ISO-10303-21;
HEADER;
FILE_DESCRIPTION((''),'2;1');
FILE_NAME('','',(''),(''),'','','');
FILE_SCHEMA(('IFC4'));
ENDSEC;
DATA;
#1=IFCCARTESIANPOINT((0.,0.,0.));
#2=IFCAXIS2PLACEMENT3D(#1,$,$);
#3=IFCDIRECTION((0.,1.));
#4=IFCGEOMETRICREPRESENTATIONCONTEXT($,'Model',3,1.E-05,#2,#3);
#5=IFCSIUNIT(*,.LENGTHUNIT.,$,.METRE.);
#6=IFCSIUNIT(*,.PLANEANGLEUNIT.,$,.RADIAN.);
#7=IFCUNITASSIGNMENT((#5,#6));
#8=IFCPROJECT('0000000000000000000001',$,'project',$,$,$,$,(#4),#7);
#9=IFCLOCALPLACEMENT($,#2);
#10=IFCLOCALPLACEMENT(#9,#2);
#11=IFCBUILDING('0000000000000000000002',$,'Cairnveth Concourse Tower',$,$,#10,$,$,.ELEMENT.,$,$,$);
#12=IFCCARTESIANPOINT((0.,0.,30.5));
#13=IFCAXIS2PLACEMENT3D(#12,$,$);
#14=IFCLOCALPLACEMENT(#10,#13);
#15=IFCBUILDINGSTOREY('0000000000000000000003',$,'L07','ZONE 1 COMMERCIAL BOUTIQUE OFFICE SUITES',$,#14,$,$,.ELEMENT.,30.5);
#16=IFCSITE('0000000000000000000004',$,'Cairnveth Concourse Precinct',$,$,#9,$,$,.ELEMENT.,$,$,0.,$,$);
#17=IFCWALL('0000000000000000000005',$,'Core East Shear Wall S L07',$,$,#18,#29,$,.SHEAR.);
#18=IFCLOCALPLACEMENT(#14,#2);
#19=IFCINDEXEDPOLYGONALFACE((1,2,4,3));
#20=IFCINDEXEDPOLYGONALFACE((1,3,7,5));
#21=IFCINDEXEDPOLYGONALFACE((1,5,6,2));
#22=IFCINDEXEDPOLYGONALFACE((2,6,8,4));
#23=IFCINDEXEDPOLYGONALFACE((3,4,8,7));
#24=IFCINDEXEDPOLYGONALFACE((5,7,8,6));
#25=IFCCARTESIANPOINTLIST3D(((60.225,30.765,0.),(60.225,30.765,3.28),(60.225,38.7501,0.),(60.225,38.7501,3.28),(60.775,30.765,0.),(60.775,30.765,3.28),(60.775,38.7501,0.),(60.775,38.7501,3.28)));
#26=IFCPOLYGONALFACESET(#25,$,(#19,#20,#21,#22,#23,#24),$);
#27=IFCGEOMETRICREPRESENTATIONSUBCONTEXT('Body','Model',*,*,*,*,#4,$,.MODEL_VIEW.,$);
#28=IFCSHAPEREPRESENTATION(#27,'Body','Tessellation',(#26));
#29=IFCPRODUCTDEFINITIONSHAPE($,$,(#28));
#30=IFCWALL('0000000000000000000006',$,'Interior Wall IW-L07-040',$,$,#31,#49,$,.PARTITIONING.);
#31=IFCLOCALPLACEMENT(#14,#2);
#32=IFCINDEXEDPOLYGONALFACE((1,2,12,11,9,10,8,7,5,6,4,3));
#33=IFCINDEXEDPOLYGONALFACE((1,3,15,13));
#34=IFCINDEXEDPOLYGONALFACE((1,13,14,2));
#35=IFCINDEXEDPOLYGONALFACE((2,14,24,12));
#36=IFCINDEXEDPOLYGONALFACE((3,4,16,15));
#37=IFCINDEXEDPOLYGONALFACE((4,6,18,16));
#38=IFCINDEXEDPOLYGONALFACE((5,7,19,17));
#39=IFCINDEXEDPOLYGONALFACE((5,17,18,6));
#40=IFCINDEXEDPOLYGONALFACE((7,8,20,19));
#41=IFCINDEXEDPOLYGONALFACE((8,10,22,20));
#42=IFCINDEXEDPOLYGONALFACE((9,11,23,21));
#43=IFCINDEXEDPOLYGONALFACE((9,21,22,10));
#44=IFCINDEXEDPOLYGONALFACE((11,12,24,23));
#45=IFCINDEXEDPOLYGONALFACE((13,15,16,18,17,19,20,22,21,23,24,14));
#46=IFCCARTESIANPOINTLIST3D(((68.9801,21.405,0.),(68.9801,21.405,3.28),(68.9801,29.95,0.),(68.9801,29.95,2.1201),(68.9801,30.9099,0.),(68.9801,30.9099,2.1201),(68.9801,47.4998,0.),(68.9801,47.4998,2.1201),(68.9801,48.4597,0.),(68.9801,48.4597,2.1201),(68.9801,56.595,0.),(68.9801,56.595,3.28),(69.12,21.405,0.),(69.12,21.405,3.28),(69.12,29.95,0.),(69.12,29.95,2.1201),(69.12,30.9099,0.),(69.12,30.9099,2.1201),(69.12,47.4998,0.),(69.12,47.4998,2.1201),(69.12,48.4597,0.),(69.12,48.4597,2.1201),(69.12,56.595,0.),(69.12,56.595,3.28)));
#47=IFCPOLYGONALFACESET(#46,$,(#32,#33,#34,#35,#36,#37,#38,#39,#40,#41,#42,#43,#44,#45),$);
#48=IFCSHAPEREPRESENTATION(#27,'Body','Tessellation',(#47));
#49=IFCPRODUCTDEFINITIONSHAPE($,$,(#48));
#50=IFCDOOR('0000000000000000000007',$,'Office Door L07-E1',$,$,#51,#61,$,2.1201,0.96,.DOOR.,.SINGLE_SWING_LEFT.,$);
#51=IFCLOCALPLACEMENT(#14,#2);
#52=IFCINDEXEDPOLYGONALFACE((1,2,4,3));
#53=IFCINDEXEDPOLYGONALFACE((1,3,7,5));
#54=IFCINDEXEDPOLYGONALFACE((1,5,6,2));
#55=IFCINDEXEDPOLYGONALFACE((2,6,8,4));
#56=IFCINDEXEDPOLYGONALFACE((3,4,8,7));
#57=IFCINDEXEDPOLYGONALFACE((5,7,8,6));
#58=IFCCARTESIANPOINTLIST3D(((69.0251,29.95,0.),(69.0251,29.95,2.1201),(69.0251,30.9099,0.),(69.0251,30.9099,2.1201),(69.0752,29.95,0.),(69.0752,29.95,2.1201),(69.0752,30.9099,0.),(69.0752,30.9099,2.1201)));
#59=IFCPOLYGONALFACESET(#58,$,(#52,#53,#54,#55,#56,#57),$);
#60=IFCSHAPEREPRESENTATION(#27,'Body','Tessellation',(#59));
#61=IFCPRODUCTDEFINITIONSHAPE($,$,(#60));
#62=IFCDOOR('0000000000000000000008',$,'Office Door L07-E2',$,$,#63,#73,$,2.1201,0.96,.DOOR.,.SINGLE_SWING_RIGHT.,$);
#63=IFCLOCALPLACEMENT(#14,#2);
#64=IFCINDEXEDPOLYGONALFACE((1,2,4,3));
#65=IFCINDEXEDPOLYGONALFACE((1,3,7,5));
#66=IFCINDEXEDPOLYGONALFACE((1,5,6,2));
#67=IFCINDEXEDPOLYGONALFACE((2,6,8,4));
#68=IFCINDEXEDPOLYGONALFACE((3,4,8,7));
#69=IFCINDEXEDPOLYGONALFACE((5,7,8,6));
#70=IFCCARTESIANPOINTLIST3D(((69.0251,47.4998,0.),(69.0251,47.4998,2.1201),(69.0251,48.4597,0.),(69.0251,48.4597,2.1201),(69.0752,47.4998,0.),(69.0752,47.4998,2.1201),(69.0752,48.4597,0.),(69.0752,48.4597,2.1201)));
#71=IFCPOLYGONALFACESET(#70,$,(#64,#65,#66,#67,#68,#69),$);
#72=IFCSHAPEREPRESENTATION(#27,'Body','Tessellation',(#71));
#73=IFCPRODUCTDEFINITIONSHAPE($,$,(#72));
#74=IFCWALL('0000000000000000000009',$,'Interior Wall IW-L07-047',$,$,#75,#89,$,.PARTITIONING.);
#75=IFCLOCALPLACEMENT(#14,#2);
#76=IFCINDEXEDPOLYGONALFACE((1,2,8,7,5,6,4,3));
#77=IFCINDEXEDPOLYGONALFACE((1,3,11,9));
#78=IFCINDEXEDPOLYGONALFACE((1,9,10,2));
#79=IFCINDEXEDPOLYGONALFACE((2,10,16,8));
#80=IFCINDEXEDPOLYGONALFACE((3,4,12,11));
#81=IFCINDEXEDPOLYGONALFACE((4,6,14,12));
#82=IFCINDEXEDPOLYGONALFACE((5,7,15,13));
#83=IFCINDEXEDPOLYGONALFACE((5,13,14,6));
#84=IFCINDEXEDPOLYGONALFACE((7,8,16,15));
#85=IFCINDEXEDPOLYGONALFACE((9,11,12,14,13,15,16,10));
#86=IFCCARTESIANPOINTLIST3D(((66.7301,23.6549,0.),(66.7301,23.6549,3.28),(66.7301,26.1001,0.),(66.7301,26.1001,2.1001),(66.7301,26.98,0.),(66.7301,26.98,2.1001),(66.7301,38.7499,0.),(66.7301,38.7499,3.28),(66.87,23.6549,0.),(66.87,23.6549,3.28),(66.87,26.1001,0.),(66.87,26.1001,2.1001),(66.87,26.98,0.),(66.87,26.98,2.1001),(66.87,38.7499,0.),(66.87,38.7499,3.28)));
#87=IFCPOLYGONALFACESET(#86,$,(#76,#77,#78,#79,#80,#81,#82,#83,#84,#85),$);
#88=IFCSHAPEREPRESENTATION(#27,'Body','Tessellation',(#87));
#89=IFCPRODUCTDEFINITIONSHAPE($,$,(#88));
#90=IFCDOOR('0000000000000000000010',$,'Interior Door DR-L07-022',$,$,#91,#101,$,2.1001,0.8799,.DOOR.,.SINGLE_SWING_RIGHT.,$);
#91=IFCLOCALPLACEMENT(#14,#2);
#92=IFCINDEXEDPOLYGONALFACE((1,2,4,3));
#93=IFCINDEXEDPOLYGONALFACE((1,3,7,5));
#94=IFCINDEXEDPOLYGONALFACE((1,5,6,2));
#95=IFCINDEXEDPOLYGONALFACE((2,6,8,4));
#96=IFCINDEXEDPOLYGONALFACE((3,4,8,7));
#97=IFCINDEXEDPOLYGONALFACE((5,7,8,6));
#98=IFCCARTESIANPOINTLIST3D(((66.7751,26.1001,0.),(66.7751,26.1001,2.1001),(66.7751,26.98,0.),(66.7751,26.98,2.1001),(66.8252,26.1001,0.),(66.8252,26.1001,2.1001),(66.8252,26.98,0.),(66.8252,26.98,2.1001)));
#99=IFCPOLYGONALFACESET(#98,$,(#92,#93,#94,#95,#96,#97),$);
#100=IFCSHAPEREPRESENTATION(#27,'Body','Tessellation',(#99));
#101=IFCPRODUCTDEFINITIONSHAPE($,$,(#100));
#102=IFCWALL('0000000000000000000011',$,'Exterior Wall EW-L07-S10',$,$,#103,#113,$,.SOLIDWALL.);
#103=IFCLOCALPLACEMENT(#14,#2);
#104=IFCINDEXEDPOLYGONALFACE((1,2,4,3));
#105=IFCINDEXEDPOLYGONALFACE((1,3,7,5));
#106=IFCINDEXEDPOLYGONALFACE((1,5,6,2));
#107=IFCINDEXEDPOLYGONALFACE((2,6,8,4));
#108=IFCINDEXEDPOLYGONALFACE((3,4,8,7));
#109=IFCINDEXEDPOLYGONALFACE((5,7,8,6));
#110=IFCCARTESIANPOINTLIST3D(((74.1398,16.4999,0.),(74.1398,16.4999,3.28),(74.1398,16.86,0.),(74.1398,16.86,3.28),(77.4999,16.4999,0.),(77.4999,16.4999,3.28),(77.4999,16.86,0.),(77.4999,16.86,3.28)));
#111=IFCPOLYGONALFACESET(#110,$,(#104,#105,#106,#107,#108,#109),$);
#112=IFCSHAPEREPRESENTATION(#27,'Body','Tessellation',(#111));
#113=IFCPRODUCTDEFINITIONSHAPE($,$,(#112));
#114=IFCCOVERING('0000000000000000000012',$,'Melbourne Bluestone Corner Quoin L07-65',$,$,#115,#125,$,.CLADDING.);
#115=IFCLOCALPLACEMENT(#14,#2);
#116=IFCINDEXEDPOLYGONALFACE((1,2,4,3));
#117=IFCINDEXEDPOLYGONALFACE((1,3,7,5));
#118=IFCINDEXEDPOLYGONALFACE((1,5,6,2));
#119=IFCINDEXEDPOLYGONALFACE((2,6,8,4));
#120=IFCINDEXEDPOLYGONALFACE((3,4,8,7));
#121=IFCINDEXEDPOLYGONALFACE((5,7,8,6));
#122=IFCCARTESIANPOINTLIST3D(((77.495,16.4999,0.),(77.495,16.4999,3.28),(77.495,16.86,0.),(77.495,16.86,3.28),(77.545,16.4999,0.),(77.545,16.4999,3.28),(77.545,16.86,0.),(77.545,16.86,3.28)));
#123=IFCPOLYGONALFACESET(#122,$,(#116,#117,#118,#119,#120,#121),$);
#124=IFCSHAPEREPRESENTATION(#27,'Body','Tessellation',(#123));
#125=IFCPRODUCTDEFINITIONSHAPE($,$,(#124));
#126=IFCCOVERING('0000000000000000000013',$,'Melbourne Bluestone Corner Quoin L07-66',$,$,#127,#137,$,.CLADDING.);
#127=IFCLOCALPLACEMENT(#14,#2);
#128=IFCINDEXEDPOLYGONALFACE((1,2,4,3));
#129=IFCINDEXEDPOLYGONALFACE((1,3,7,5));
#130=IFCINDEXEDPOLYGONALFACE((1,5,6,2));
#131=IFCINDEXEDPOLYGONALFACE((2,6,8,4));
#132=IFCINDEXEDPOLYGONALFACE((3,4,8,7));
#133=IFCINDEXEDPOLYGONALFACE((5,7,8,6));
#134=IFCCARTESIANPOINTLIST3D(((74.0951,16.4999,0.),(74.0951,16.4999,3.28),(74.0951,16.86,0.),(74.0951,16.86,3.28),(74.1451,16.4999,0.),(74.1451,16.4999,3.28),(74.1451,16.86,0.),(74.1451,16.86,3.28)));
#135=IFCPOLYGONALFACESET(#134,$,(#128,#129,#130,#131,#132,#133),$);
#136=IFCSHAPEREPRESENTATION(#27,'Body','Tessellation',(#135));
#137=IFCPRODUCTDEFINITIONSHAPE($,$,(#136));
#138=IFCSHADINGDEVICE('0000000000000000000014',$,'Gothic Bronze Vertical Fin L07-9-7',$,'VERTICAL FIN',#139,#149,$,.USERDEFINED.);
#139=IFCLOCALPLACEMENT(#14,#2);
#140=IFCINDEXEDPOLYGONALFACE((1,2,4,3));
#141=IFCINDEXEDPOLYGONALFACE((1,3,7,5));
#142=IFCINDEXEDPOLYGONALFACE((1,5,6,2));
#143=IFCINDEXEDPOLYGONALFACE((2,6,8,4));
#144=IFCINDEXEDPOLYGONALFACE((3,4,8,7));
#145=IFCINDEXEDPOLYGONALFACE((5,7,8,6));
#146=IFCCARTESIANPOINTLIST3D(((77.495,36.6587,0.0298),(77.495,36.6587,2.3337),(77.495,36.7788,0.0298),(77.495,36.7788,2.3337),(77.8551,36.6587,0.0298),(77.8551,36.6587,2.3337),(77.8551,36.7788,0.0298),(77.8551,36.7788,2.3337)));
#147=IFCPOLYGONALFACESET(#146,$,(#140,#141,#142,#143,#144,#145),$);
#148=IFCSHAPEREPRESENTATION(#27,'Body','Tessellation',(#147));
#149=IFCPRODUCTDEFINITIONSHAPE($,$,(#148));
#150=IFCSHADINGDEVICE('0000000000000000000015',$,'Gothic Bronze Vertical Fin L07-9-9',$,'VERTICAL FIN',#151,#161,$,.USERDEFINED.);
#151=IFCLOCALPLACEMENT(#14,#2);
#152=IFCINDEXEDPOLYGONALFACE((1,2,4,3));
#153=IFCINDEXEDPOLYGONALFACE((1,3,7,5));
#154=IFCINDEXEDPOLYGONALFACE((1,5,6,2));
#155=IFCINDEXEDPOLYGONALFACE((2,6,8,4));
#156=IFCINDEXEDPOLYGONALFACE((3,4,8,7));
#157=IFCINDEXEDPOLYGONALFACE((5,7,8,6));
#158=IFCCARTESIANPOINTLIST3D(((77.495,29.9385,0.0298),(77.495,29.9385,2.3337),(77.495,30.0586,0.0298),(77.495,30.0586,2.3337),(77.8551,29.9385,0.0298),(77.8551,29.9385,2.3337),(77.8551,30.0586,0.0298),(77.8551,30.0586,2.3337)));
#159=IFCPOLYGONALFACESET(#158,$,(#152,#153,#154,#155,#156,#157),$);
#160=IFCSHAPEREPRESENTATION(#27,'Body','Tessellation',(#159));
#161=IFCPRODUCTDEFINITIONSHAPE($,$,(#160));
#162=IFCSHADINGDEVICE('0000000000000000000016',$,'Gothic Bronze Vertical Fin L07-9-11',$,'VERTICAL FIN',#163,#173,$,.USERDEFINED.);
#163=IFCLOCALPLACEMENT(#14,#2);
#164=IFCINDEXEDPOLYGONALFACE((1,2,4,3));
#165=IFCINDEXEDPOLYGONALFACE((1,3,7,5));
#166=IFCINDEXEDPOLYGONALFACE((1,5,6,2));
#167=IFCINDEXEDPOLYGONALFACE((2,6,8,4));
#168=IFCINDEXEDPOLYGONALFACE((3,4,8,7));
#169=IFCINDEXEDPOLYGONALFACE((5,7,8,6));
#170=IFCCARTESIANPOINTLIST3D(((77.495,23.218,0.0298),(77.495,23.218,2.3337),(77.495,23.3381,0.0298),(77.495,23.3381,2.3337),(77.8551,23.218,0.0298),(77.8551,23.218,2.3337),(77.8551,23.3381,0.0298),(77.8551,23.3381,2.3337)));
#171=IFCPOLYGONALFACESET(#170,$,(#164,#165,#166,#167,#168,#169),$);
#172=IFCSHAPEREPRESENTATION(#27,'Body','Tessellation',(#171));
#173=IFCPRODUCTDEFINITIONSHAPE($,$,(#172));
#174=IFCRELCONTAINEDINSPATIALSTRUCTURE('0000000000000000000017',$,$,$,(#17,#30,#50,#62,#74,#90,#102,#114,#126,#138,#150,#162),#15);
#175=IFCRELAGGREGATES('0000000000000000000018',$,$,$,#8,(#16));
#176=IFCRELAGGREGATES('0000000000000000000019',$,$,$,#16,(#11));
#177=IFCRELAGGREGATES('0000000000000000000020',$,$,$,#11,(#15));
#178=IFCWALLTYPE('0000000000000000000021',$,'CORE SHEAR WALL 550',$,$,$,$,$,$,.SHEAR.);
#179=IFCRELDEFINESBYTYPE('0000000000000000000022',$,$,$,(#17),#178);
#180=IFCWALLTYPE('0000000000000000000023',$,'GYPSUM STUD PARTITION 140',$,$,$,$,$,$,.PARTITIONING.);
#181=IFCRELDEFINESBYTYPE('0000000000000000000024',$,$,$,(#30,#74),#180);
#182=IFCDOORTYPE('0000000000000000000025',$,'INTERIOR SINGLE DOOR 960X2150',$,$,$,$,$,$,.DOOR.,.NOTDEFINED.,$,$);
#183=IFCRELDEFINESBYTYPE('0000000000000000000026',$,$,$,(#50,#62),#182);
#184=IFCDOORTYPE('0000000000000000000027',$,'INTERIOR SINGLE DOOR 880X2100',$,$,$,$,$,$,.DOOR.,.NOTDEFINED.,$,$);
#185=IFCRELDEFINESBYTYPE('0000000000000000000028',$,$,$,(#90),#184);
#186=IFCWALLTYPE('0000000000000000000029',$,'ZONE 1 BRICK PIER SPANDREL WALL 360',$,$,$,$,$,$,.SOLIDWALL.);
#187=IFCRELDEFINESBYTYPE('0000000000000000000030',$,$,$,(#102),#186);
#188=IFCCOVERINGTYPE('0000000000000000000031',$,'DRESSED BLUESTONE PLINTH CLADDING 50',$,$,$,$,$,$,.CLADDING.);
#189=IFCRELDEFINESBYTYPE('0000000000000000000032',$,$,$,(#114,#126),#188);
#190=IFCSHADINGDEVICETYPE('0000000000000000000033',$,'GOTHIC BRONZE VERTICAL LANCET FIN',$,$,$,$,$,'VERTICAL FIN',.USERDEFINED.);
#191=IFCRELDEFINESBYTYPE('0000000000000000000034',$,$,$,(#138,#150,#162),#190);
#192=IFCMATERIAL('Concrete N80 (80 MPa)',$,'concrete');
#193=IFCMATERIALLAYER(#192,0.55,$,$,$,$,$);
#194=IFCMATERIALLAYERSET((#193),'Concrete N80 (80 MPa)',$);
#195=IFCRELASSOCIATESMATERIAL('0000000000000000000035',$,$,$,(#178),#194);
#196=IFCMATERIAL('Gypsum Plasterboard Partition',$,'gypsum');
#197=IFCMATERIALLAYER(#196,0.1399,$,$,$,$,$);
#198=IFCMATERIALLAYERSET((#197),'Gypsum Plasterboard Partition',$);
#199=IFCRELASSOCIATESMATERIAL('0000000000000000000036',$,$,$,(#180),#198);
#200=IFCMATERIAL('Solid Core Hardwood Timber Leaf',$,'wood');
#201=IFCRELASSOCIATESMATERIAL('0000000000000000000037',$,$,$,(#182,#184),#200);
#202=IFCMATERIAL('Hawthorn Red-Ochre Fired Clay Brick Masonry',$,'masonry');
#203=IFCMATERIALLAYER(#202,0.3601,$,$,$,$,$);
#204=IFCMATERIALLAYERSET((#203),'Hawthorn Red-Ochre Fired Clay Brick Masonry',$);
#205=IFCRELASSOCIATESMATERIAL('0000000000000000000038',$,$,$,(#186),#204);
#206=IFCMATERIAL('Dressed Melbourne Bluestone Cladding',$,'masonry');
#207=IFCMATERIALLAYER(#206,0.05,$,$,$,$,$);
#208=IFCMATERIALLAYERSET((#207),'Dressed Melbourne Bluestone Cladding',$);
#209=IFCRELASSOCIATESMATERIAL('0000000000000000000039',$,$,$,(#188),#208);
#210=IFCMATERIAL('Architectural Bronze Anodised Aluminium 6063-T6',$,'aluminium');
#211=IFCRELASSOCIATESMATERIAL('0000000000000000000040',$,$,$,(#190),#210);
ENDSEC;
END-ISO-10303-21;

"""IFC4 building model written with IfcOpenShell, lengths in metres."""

from ifc_helpers import new_model, si_unit, direction, frame, frame_2d, origin, origin_2d, place, context, subcontext, project, spatial, rectangle, extrude, material, layer, layer_set, type_object, element, fill, save


model = new_model("IFC4")

# Units and contexts
model_context = context("Model", 3, precision=1e-05, world=origin(), true_north=direction((0.0, 1.0)))
body_context = subcontext(model_context, "Body", "Model", "MODEL_VIEW")
ifc_project = project(units=[si_unit("LENGTHUNIT", "METRE"), si_unit("PLANEANGLEUNIT", "RADIAN")], contexts=[model_context])

# Site, building, storey
site_placement = place(None, origin())
site = spatial("IfcSite", under=ifc_project, at=site_placement, Name="Cairnveth Concourse Precinct", CompositionType="ELEMENT", RefElevation=0.0)
building_placement = place(site_placement, origin())
building = spatial("IfcBuilding", under=site, at=building_placement, Name="Cairnveth Concourse Tower", CompositionType="ELEMENT")
storey_placement = place(building_placement, frame((0.0, 0.0, 30.5)))
storey = spatial("IfcBuildingStorey", under=building, at=storey_placement, Name="L07", Description="ZONE 1 COMMERCIAL BOUTIQUE OFFICE SUITES", CompositionType="ELEMENT", Elevation=30.5)

# Wall
ifc_material_1 = material(Name="Concrete N80 (80 MPa)", Category="concrete")
ifc_layer_1 = layer(ifc_material_1, 0.55)
ifc_layer_set_1 = layer_set([ifc_layer_1], Name="Concrete N80 (80 MPa)")
wall_type_1 = type_object("IfcWallType", Name="CORE SHEAR WALL 550", PredefinedType="SHEAR", material=ifc_layer_set_1)
wall_1_placement = place(storey_placement, frame((60.5, 30.7649, 0.0), z_axis=(0.0, 0.0, 1.0), x_axis=(0.0, 1.0, 0.0)))
element("IfcWall", 1, at=wall_1_placement, inside=storey, type_object=wall_type_1, Name="Core East Shear Wall S L07", PredefinedType="SHEAR", context=body_context, shape_type="SweptSolid", body=[
    extrude(rectangle(XDim=7.9851, YDim=0.55, at=frame_2d((3.9927, 0.0))), origin(), (0.0, 0.0, 1.0), 3.28),
])

# Wall, openings, doors
ifc_material_2 = material(Name="Gypsum Plasterboard Partition", Category="gypsum")
ifc_layer_2 = layer(ifc_material_2, 0.1399)
ifc_layer_set_2 = layer_set([ifc_layer_2], Name="Gypsum Plasterboard Partition")
wall_type_2 = type_object("IfcWallType", Name="GYPSUM STUD PARTITION 140", PredefinedType="PARTITIONING", material=ifc_layer_set_2)
wall_2_placement = place(storey_placement, frame((69.05, 21.405, 0.0), z_axis=(0.0, 0.0, 1.0), x_axis=(0.0, 1.0, 0.0)))
wall_2 = element("IfcWall", 2, at=wall_2_placement, inside=storey, type_object=wall_type_2, Name="Interior Wall IW-L07-040", PredefinedType="PARTITIONING", context=body_context, shape_type="SweptSolid", body=[
    extrude(rectangle(XDim=35.1899, YDim=0.1399, at=frame_2d((17.595, 0.0))), origin(), (0.0, 0.0, 1.0), 3.28),
])
opening_1_placement = place(wall_2_placement, frame((8.5449, 0.0, 0.0)))
opening_1 = element("IfcOpeningElement", 3, at=opening_1_placement, cuts=wall_2, PredefinedType="OPENING", context=body_context, shape_type="SweptSolid", body=[
    extrude(rectangle(XDim=0.96, YDim=2.1201, at=frame_2d((0.48, 1.0601))), frame((0.0, 0.0798, 0.0), z_axis=(0.0, -1.0, 0.0), x_axis=(1.0, 0.0, 0.0)), (0.0, 0.0, 1.0), 0.1599),
])
opening_2_placement = place(wall_2_placement, frame((26.0947, 0.0, 0.0)))
opening_2 = element("IfcOpeningElement", 4, at=opening_2_placement, cuts=wall_2, PredefinedType="OPENING", context=body_context, shape_type="SweptSolid", body=[
    extrude(rectangle(XDim=0.96, YDim=2.1201, at=frame_2d((0.48, 1.0601))), frame((0.0, 0.0798, 0.0), z_axis=(0.0, -1.0, 0.0), x_axis=(1.0, 0.0, 0.0)), (0.0, 0.0, 1.0), 0.1599),
])
ifc_material_3 = material(Name="Solid Core Hardwood Timber Leaf", Category="wood")
door_type_1 = type_object("IfcDoorType", Name="INTERIOR SINGLE DOOR 960X2150", OperationType="NOTDEFINED", PredefinedType="DOOR", material=ifc_material_3)
door_1_placement = place(opening_1_placement, origin())
door_1 = element("IfcDoor", 5, at=door_1_placement, inside=storey, type_object=door_type_1, Name="Office Door L07-E1", OperationType="SINGLE_SWING_LEFT", OverallHeight=2.1201, OverallWidth=0.96, PredefinedType="DOOR", context=body_context, shape_type="SweptSolid", body=[
    extrude(rectangle(XDim=0.96, YDim=2.1201, at=frame_2d((0.48, 1.0601))), frame((0.0, 0.0249, 0.0), z_axis=(0.0, -1.0, 0.0), x_axis=(1.0, 0.0, 0.0)), (0.0, 0.0, 1.0), 0.05),
])
fill(opening_1, door_1)
door_2_placement = place(opening_2_placement, origin())
door_2 = element("IfcDoor", 6, at=door_2_placement, inside=storey, type_object=door_type_1, Name="Office Door L07-E2", OperationType="SINGLE_SWING_RIGHT", OverallHeight=2.1201, OverallWidth=0.96, PredefinedType="DOOR", context=body_context, shape_type="SweptSolid", body=[
    extrude(rectangle(XDim=0.96, YDim=2.1201, at=frame_2d((0.48, 1.0601))), frame((0.0, 0.0249, 0.0), z_axis=(0.0, -1.0, 0.0), x_axis=(1.0, 0.0, 0.0)), (0.0, 0.0, 1.0), 0.05),
])
fill(opening_2, door_2)

# Wall, opening, door
wall_3_placement = place(storey_placement, frame((66.8, 23.655, 0.0), z_axis=(0.0, 0.0, 1.0), x_axis=(0.0, 1.0, 0.0)))
wall_3 = element("IfcWall", 7, at=wall_3_placement, inside=storey, type_object=wall_type_2, Name="Interior Wall IW-L07-047", PredefinedType="PARTITIONING", context=body_context, shape_type="SweptSolid", body=[
    extrude(rectangle(XDim=15.095, YDim=0.1399, at=frame_2d((7.5474, 0.0))), origin(), (0.0, 0.0, 1.0), 3.28),
])
opening_3_placement = place(wall_3_placement, frame((2.4451, 0.0, 0.0)))
opening_3 = element("IfcOpeningElement", 8, at=opening_3_placement, cuts=wall_3, PredefinedType="OPENING", context=body_context, shape_type="SweptSolid", body=[
    extrude(rectangle(XDim=0.8799, YDim=2.1001, at=frame_2d((0.4399, 1.05))), frame((0.0, 0.0798, 0.0), z_axis=(0.0, -1.0, 0.0), x_axis=(1.0, 0.0, 0.0)), (0.0, 0.0, 1.0), 0.1599),
])
door_type_2 = type_object("IfcDoorType", Name="INTERIOR SINGLE DOOR 880X2100", OperationType="NOTDEFINED", PredefinedType="DOOR", material=ifc_material_3)
door_3_placement = place(opening_3_placement, origin())
door_3 = element("IfcDoor", 9, at=door_3_placement, inside=storey, type_object=door_type_2, Name="Interior Door DR-L07-022", OperationType="SINGLE_SWING_RIGHT", OverallHeight=2.1001, OverallWidth=0.8799, PredefinedType="DOOR", context=body_context, shape_type="SweptSolid", body=[
    extrude(rectangle(XDim=0.8799, YDim=2.1001, at=frame_2d((0.4399, 1.05))), frame((0.0, 0.0249, 0.0), z_axis=(0.0, -1.0, 0.0), x_axis=(1.0, 0.0, 0.0)), (0.0, 0.0, 1.0), 0.05),
])
fill(opening_3, door_3)

# Wall
ifc_material_4 = material(Name="Hawthorn Red-Ochre Fired Clay Brick Masonry", Category="masonry")
ifc_layer_3 = layer(ifc_material_4, 0.3601)
ifc_layer_set_3 = layer_set([ifc_layer_3], Name="Hawthorn Red-Ochre Fired Clay Brick Masonry")
wall_type_3 = type_object("IfcWallType", Name="ZONE 1 BRICK PIER SPANDREL WALL 360", PredefinedType="SOLIDWALL", material=ifc_layer_set_3)
wall_4_placement = place(storey_placement, frame((77.5, 16.6799, 0.0), z_axis=(0.0, 0.0, 1.0), x_axis=(-1.0, 0.0, 0.0)))
element("IfcWall", 10, at=wall_4_placement, inside=storey, type_object=wall_type_3, Name="Exterior Wall EW-L07-S10", PredefinedType="SOLIDWALL", context=body_context, shape_type="SweptSolid", body=[
    extrude(rectangle(XDim=3.3601, YDim=0.3601, at=frame_2d((1.6802, 0.0))), origin(), (0.0, 0.0, 1.0), 3.28),
])

# Coverings
ifc_material_5 = material(Name="Dressed Melbourne Bluestone Cladding", Category="masonry")
ifc_layer_4 = layer(ifc_material_5, 0.05)
ifc_layer_set_4 = layer_set([ifc_layer_4], Name="Dressed Melbourne Bluestone Cladding")
covering_type = type_object("IfcCoveringType", Name="DRESSED BLUESTONE PLINTH CLADDING 50", PredefinedType="CLADDING", material=ifc_layer_set_4)
for number, where, z_axis, x_axis, name in (
    (11, (77.52, 16.8601, 0.0), (0.0, 0.0, 1.0), (0.0, -1.0, 0.0), "Melbourne Bluestone Corner Quoin L07-65"),
    (12, (74.1201, 16.8601, 0.0), (0.0, 0.0, 1.0), (0.0, -1.0, 0.0), "Melbourne Bluestone Corner Quoin L07-66"),
):
    element("IfcCovering", number, at=place(storey_placement, frame(where, z_axis=z_axis, x_axis=x_axis)), inside=storey, type_object=covering_type, Name=name, PredefinedType="CLADDING", context=body_context, shape_type="SweptSolid", body=[
        extrude(rectangle(XDim=0.3601, YDim=0.05, at=frame_2d((0.1802, 0.0))), origin(), (0.0, 0.0, 1.0), 3.28),
    ])

# Shading devices
ifc_material_6 = material(Name="Architectural Bronze Anodised Aluminium 6063-T6", Category="aluminium")
shading_device_type = type_object("IfcShadingDeviceType", Name="GOTHIC BRONZE VERTICAL LANCET FIN", ElementType="VERTICAL FIN", PredefinedType="USERDEFINED", material=ifc_material_6)
for number, where, z_axis, x_axis, name in (
    (13, (77.675, 36.7188, 0.0298), (0.0, 0.0, 1.0), (0.0, 1.0, 0.0), "Gothic Bronze Vertical Fin L07-9-7"),
    (14, (77.675, 29.9985, 0.0298), (0.0, 0.0, 1.0), (0.0, 1.0, 0.0), "Gothic Bronze Vertical Fin L07-9-9"),
    (15, (77.675, 23.2781, 0.0298), (0.0, 0.0, 1.0), (0.0, 1.0, 0.0), "Gothic Bronze Vertical Fin L07-9-11"),
):
    element("IfcShadingDevice", number, at=place(storey_placement, frame(where, z_axis=z_axis, x_axis=x_axis)), inside=storey, type_object=shading_device_type, Name=name, ObjectType="VERTICAL FIN", PredefinedType="USERDEFINED", context=body_context, shape_type="SweptSolid", body=[
        extrude(rectangle(XDim=0.1201, YDim=0.3601, at=origin_2d()), origin(), (0.0, 0.0, 1.0), 2.304),
    ])

save(model, "model.ifc")
